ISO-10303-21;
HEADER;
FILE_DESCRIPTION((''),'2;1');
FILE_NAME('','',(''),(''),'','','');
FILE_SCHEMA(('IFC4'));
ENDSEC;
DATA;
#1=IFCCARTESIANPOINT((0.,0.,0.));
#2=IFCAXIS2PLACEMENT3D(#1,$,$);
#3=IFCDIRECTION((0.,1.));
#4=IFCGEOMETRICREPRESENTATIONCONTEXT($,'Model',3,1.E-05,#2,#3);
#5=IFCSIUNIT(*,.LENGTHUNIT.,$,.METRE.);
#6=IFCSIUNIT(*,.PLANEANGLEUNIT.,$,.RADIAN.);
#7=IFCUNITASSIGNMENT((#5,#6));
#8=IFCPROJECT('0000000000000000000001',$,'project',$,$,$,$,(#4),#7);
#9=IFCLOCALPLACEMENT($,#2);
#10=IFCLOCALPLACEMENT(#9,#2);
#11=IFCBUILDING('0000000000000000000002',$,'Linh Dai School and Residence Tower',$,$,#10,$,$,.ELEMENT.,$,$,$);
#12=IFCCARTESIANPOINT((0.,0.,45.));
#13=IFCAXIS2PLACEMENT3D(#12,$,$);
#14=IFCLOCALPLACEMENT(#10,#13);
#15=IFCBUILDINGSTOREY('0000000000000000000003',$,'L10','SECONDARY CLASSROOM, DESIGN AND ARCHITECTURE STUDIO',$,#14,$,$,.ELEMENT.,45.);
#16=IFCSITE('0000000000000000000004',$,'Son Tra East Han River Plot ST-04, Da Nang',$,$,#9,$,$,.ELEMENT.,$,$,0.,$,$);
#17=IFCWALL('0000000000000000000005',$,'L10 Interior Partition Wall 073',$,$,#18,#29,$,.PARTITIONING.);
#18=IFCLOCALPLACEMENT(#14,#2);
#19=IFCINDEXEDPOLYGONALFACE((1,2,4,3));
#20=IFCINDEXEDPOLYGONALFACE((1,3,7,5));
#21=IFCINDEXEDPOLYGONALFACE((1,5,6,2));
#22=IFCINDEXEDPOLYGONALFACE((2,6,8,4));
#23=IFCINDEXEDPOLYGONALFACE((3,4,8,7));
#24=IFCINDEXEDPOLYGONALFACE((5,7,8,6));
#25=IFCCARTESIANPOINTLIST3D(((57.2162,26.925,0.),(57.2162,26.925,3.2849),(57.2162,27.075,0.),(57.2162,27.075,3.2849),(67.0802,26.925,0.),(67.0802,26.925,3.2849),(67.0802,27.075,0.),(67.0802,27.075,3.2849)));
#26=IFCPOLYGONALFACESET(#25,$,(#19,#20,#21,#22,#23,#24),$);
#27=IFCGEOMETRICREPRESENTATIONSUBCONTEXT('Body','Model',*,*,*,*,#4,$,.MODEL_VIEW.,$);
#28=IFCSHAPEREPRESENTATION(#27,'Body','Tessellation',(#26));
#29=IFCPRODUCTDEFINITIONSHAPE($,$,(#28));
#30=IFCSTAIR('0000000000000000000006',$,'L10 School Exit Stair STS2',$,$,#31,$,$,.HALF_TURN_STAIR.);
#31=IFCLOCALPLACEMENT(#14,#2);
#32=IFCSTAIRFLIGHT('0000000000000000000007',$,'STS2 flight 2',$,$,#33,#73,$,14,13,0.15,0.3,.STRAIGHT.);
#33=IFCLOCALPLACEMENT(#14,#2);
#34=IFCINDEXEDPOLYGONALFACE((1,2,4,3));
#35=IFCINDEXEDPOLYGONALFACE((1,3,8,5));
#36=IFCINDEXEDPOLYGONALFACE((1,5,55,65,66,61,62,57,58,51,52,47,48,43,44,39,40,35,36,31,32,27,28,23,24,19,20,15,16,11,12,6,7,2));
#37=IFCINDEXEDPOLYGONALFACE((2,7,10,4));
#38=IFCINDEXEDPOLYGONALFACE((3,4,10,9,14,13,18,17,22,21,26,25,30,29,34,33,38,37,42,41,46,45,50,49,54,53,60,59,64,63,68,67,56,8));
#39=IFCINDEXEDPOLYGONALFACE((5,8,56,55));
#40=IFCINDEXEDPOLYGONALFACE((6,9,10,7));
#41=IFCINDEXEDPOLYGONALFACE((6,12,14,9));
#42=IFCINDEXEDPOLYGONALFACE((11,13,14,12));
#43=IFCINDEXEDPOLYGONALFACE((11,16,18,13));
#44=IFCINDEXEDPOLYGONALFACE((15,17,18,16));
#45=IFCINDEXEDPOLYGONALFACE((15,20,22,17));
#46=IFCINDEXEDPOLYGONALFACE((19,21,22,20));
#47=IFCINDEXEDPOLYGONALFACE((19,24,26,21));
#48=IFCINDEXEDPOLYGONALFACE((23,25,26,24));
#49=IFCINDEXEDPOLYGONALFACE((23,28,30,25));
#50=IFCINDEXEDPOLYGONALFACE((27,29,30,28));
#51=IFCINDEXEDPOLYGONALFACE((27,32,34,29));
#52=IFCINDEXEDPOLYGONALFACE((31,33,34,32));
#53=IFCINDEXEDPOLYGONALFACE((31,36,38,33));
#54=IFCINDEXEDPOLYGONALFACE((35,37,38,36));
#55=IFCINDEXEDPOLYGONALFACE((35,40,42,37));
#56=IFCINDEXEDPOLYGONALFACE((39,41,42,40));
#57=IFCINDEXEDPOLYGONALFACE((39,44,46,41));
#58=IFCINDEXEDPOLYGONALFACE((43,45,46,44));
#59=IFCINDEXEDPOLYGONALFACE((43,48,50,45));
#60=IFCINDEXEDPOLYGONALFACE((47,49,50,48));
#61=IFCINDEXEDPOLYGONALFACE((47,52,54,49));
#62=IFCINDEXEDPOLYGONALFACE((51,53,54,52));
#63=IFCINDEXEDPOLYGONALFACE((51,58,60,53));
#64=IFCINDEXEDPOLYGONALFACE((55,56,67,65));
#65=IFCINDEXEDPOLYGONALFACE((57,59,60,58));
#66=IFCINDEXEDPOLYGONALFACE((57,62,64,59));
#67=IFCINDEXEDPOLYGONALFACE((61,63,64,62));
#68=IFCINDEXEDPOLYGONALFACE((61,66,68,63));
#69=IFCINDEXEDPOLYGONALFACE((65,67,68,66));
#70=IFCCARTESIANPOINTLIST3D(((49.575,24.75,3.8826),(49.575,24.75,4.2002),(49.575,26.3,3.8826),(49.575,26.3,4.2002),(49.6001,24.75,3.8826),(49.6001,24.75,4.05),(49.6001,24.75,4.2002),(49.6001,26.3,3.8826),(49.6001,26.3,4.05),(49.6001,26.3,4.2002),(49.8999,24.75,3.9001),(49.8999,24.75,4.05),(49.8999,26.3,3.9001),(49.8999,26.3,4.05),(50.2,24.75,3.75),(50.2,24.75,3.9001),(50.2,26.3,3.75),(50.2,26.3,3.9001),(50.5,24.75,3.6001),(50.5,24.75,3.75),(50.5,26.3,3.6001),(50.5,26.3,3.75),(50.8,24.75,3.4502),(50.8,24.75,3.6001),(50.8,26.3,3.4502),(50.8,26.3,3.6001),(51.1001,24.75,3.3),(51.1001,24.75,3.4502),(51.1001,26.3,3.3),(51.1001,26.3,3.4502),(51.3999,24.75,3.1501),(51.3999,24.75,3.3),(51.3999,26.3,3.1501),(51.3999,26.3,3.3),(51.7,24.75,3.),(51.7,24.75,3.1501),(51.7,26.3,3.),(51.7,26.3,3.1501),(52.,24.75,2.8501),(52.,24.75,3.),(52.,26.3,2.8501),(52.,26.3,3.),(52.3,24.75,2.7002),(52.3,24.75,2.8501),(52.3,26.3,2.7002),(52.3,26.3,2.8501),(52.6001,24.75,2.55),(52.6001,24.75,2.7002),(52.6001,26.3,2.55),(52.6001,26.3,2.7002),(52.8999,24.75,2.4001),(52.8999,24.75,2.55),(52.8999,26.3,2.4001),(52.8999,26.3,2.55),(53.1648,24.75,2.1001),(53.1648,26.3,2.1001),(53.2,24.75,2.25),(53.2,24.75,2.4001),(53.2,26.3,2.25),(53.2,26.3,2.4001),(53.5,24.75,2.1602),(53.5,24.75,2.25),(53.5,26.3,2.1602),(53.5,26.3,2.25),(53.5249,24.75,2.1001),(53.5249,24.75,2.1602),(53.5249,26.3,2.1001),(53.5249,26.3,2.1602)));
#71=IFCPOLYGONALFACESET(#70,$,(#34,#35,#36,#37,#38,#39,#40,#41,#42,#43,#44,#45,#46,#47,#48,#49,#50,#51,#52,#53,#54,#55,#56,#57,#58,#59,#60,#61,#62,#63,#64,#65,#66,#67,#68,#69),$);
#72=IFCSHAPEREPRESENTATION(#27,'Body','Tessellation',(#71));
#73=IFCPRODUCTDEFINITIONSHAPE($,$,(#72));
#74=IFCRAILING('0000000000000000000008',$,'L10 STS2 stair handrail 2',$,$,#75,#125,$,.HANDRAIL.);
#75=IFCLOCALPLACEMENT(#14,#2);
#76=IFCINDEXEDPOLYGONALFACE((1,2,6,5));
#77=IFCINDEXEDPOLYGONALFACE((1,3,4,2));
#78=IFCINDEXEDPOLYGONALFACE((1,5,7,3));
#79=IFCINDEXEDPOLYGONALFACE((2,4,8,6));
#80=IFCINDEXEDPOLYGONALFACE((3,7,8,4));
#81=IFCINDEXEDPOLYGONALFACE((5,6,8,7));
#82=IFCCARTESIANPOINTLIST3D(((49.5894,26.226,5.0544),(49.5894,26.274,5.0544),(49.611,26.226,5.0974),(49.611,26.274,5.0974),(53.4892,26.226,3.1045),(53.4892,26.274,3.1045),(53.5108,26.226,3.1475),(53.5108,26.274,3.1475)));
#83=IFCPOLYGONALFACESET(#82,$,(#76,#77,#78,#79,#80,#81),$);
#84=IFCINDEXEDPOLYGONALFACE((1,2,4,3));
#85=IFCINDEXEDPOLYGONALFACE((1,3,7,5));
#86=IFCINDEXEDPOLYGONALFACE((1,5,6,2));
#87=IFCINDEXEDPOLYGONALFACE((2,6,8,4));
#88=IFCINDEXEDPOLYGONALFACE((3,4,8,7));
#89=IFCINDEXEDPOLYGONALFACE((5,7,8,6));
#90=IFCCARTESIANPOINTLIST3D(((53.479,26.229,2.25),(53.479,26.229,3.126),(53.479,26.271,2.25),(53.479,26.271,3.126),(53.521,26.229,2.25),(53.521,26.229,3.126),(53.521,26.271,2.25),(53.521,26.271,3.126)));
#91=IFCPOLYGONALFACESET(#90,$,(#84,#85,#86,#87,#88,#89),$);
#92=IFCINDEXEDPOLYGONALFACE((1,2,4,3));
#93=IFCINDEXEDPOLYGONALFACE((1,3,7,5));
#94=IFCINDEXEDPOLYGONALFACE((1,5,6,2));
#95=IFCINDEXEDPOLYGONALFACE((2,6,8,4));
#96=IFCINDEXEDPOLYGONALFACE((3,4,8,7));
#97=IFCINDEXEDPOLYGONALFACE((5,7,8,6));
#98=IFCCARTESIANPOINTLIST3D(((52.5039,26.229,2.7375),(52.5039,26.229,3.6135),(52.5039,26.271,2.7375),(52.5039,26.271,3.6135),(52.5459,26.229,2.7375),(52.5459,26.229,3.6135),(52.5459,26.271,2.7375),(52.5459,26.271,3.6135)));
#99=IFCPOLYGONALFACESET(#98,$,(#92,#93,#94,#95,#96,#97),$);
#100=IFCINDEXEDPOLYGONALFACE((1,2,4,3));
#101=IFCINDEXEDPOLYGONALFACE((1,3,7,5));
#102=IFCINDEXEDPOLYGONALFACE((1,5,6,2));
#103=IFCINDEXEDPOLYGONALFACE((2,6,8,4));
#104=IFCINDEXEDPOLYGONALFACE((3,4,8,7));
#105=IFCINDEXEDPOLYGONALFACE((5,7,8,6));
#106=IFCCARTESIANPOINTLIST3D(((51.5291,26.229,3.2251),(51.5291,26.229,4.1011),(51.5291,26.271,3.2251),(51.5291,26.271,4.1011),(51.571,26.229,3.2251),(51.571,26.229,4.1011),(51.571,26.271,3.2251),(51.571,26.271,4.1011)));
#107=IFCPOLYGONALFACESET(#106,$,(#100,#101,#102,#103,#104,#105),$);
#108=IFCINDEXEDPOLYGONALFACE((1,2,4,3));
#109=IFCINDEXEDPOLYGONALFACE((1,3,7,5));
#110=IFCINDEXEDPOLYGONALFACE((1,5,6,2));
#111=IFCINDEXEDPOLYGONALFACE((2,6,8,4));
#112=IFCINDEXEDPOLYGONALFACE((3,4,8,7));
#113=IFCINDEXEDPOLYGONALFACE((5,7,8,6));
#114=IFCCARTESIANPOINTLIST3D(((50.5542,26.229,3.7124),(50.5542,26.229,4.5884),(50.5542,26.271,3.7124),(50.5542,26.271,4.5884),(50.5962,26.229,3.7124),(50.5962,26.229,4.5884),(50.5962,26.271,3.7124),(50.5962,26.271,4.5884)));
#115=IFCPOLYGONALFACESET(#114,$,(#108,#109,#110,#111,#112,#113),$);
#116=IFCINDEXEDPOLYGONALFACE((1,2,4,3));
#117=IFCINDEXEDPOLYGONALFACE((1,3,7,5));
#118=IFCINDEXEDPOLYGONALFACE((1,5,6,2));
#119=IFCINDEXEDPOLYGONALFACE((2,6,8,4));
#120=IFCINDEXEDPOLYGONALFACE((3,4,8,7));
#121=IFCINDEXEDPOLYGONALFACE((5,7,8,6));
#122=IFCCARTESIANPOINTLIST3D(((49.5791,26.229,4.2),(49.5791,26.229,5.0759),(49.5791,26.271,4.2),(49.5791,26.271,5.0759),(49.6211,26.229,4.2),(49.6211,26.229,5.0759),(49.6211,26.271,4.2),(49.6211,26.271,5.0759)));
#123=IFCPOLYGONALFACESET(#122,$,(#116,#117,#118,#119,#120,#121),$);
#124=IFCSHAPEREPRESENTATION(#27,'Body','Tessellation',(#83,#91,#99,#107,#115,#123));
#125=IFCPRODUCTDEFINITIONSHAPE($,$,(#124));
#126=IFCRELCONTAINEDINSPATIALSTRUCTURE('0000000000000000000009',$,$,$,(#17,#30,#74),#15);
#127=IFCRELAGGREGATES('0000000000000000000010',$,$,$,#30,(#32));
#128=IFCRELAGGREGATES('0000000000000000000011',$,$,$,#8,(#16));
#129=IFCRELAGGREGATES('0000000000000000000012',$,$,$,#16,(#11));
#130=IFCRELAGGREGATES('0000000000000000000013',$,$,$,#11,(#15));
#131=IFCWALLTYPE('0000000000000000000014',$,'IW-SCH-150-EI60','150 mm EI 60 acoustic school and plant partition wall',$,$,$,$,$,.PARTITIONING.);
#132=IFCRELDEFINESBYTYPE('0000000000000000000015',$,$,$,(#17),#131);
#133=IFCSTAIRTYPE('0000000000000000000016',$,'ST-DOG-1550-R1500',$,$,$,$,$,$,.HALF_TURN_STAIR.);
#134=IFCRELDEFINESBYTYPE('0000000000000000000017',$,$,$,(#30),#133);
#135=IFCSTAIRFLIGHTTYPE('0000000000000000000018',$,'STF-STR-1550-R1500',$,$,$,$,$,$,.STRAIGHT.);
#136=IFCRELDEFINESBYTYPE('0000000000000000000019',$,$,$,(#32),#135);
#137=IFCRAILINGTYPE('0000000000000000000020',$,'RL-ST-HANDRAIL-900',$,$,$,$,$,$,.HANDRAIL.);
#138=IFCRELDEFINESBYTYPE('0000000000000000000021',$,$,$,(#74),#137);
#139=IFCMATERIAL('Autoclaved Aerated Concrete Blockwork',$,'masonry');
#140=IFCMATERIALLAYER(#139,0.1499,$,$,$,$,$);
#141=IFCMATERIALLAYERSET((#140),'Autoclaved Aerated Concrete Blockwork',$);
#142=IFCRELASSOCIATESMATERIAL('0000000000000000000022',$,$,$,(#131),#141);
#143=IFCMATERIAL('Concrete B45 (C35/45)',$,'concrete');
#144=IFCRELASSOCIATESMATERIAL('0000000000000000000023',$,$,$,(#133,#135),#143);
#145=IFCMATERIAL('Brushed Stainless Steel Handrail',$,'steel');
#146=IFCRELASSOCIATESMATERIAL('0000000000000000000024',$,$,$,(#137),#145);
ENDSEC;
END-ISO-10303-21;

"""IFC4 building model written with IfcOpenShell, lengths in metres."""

from ifc_helpers import new_model, si_unit, direction, frame, frame_2d, origin, origin_2d, place, context, subcontext, project, spatial, polyline, rectangle, outline, extrude, source, transform, mapped, material, layer, layer_set, type_object, element, aggregate, save


model = new_model("IFC4")

# Units and contexts
model_context = context("Model", 3, precision=1e-05, world=origin(), true_north=direction((0.0, 1.0)))
body_context = subcontext(model_context, "Body", "Model", "MODEL_VIEW")
ifc_project = project(units=[si_unit("LENGTHUNIT", "METRE"), si_unit("PLANEANGLEUNIT", "RADIAN")], contexts=[model_context])

# Site, building, storey
site_placement = place(None, origin())
site = spatial("IfcSite", under=ifc_project, at=site_placement, Name="Son Tra East Han River Plot ST-04, Da Nang", CompositionType="ELEMENT", RefElevation=0.0)
building_placement = place(site_placement, origin())
building = spatial("IfcBuilding", under=site, at=building_placement, Name="Linh Dai School and Residence Tower", CompositionType="ELEMENT")
storey_placement = place(building_placement, frame((0.0, 0.0, 45.0)))
storey = spatial("IfcBuildingStorey", under=building, at=storey_placement, Name="L10", Description="SECONDARY CLASSROOM, DESIGN AND ARCHITECTURE STUDIO", CompositionType="ELEMENT", Elevation=45.0)

# Shared definitions
ifc_material_1 = material(Name="Autoclaved Aerated Concrete Blockwork", Category="masonry")

# Wall
ifc_layer_1 = layer(ifc_material_1, 0.1499)
ifc_layer_set_1 = layer_set([ifc_layer_1], Name="Autoclaved Aerated Concrete Blockwork")
wall_type_1 = type_object("IfcWallType", Name="IW-SCH-150-EI60", Description="150 mm EI 60 acoustic school and plant partition wall", PredefinedType="PARTITIONING", material=ifc_layer_set_1)
wall_1_placement = place(storey_placement, frame((57.2161, 27.0, 0.0), z_axis=(0.0, 0.0, 1.0), x_axis=(1.0, 0.0, 0.0)))
element("IfcWall", 1, at=wall_1_placement, inside=storey, type_object=wall_type_1, Name="L10 Interior Partition Wall 073", PredefinedType="PARTITIONING", context=body_context, shape_type="SweptSolid", body=[
    extrude(rectangle(XDim=9.864, YDim=0.1499, at=frame_2d((4.9321, 0.0))), origin(), (0.0, 0.0, 1.0), 3.2849),
])

# Stair, stair flight
ifc_material_2 = material(Name="Concrete B45 (C35/45)", Category="concrete")
stair_type = type_object("IfcStairType", Name="ST-DOG-1550-R1500", PredefinedType="HALF_TURN_STAIR", material=ifc_material_2)
stair_placement = place(storey_placement, origin())
stair = element("IfcStair", 2, at=stair_placement, inside=storey, type_object=stair_type, Name="L10 School Exit Stair STS2", PredefinedType="HALF_TURN_STAIR")
stair_flight_type = type_object("IfcStairFlightType", Name="STF-STR-1550-R1500", PredefinedType="STRAIGHT", material=ifc_material_2)
shared_shape_1 = source(origin(), body_context, "Body", "SweptSolid", [
    extrude(outline(polyline([(-0.0249, 0.0), (-0.0249, 0.0601), (0.0, 0.0601), (0.0, 0.1499), (0.3, 0.1499), (0.3, 0.3), (0.6001, 0.3), (0.6001, 0.45), (0.8999, 0.45), (0.8999, 0.6001), (1.2, 0.6001), (1.2, 0.75), (1.5, 0.75), (1.5, 0.8999), (1.8, 0.8999), (1.8, 1.05), (2.1001, 1.05), (2.1001, 1.2), (2.3999, 1.2), (2.3999, 1.3501), (2.7, 1.3501), (2.7, 1.5), (3.0, 1.5), (3.0, 1.6499), (3.3, 1.6499), (3.3, 1.8), (3.6001, 1.8), (3.6001, 1.95), (3.8999, 1.95), (3.8999, 2.1001), (3.925, 2.1001), (3.925, 1.7825), (3.8999, 1.7825), (0.3352, 0.0), (-0.0249, 0.0)])), frame((0.0, 0.7749, 0.0), z_axis=(0.0, -1.0, 0.0), x_axis=(1.0, 0.0, 0.0)), (0.0, 0.0, 1.0), 1.55),
])
stair_flight_placement = place(storey_placement, frame((53.5, 25.5249, 2.1001), z_axis=(0.0, 0.0, 1.0), x_axis=(-1.0, 0.0, 0.0)))
stair_flight = element("IfcStairFlight", 3, at=stair_flight_placement, type_object=stair_flight_type, Name="STS2 flight 2", NumberOfRisers=14, NumberOfTreads=13, PredefinedType="STRAIGHT", RiserHeight=0.15, TreadLength=0.3, context=body_context, shape_type="MappedRepresentation", body=[
    mapped(shared_shape_1, transform((0.0, 0.0, 0.0), x_axis=(1.0, 0.0, 0.0), y_axis=(0.0, 1.0, 0.0), z_axis=(0.0, 0.0, 1.0), scale=1.0)),
])
aggregate(stair, [stair_flight])

# Railing
ifc_material_3 = material(Name="Brushed Stainless Steel Handrail", Category="steel")
railing_type_1 = type_object("IfcRailingType", Name="RL-ST-HANDRAIL-900", PredefinedType="HANDRAIL", material=ifc_material_3)
shared_shape_2 = source(origin(), body_context, "Body", "SweptSolid", [
    extrude(rectangle(XDim=0.0481, YDim=0.0481, at=origin_2d()), frame((0.0, 0.0, 0.876), z_axis=(-0.894427, 0.0, 0.447214), x_axis=(0.0, -1.0, 0.0)), (0.0, 0.0, 1.0), 4.3601),
    extrude(rectangle(XDim=0.042, YDim=0.042, at=origin_2d()), origin(), (0.0, 0.0, 1.0), 0.876),
    extrude(rectangle(XDim=0.042, YDim=0.042, at=origin_2d()), frame((-0.9751, 0.0, 0.4875)), (0.0, 0.0, 1.0), 0.876),
    extrude(rectangle(XDim=0.042, YDim=0.042, at=origin_2d()), frame((-1.95, 0.0, 0.9751)), (0.0, 0.0, 1.0), 0.876),
    extrude(rectangle(XDim=0.042, YDim=0.042, at=origin_2d()), frame((-2.9248, 0.0, 1.4624)), (0.0, 0.0, 1.0), 0.876),
    extrude(rectangle(XDim=0.042, YDim=0.042, at=origin_2d()), frame((-3.8999, 0.0, 1.95)), (0.0, 0.0, 1.0), 0.876),
])
railing_1_placement = place(storey_placement, frame((53.5, 26.25, 2.25)))
element("IfcRailing", 4, at=railing_1_placement, inside=storey, type_object=railing_type_1, Name="L10 STS2 stair handrail 2", PredefinedType="HANDRAIL", context=body_context, shape_type="MappedRepresentation", body=[
    mapped(shared_shape_2, transform((0.0, 0.0, 0.0), x_axis=(1.0, 0.0, 0.0), y_axis=(0.0, 1.0, 0.0), z_axis=(0.0, 0.0, 1.0), scale=1.0)),
])

save(model, "model.ifc")
